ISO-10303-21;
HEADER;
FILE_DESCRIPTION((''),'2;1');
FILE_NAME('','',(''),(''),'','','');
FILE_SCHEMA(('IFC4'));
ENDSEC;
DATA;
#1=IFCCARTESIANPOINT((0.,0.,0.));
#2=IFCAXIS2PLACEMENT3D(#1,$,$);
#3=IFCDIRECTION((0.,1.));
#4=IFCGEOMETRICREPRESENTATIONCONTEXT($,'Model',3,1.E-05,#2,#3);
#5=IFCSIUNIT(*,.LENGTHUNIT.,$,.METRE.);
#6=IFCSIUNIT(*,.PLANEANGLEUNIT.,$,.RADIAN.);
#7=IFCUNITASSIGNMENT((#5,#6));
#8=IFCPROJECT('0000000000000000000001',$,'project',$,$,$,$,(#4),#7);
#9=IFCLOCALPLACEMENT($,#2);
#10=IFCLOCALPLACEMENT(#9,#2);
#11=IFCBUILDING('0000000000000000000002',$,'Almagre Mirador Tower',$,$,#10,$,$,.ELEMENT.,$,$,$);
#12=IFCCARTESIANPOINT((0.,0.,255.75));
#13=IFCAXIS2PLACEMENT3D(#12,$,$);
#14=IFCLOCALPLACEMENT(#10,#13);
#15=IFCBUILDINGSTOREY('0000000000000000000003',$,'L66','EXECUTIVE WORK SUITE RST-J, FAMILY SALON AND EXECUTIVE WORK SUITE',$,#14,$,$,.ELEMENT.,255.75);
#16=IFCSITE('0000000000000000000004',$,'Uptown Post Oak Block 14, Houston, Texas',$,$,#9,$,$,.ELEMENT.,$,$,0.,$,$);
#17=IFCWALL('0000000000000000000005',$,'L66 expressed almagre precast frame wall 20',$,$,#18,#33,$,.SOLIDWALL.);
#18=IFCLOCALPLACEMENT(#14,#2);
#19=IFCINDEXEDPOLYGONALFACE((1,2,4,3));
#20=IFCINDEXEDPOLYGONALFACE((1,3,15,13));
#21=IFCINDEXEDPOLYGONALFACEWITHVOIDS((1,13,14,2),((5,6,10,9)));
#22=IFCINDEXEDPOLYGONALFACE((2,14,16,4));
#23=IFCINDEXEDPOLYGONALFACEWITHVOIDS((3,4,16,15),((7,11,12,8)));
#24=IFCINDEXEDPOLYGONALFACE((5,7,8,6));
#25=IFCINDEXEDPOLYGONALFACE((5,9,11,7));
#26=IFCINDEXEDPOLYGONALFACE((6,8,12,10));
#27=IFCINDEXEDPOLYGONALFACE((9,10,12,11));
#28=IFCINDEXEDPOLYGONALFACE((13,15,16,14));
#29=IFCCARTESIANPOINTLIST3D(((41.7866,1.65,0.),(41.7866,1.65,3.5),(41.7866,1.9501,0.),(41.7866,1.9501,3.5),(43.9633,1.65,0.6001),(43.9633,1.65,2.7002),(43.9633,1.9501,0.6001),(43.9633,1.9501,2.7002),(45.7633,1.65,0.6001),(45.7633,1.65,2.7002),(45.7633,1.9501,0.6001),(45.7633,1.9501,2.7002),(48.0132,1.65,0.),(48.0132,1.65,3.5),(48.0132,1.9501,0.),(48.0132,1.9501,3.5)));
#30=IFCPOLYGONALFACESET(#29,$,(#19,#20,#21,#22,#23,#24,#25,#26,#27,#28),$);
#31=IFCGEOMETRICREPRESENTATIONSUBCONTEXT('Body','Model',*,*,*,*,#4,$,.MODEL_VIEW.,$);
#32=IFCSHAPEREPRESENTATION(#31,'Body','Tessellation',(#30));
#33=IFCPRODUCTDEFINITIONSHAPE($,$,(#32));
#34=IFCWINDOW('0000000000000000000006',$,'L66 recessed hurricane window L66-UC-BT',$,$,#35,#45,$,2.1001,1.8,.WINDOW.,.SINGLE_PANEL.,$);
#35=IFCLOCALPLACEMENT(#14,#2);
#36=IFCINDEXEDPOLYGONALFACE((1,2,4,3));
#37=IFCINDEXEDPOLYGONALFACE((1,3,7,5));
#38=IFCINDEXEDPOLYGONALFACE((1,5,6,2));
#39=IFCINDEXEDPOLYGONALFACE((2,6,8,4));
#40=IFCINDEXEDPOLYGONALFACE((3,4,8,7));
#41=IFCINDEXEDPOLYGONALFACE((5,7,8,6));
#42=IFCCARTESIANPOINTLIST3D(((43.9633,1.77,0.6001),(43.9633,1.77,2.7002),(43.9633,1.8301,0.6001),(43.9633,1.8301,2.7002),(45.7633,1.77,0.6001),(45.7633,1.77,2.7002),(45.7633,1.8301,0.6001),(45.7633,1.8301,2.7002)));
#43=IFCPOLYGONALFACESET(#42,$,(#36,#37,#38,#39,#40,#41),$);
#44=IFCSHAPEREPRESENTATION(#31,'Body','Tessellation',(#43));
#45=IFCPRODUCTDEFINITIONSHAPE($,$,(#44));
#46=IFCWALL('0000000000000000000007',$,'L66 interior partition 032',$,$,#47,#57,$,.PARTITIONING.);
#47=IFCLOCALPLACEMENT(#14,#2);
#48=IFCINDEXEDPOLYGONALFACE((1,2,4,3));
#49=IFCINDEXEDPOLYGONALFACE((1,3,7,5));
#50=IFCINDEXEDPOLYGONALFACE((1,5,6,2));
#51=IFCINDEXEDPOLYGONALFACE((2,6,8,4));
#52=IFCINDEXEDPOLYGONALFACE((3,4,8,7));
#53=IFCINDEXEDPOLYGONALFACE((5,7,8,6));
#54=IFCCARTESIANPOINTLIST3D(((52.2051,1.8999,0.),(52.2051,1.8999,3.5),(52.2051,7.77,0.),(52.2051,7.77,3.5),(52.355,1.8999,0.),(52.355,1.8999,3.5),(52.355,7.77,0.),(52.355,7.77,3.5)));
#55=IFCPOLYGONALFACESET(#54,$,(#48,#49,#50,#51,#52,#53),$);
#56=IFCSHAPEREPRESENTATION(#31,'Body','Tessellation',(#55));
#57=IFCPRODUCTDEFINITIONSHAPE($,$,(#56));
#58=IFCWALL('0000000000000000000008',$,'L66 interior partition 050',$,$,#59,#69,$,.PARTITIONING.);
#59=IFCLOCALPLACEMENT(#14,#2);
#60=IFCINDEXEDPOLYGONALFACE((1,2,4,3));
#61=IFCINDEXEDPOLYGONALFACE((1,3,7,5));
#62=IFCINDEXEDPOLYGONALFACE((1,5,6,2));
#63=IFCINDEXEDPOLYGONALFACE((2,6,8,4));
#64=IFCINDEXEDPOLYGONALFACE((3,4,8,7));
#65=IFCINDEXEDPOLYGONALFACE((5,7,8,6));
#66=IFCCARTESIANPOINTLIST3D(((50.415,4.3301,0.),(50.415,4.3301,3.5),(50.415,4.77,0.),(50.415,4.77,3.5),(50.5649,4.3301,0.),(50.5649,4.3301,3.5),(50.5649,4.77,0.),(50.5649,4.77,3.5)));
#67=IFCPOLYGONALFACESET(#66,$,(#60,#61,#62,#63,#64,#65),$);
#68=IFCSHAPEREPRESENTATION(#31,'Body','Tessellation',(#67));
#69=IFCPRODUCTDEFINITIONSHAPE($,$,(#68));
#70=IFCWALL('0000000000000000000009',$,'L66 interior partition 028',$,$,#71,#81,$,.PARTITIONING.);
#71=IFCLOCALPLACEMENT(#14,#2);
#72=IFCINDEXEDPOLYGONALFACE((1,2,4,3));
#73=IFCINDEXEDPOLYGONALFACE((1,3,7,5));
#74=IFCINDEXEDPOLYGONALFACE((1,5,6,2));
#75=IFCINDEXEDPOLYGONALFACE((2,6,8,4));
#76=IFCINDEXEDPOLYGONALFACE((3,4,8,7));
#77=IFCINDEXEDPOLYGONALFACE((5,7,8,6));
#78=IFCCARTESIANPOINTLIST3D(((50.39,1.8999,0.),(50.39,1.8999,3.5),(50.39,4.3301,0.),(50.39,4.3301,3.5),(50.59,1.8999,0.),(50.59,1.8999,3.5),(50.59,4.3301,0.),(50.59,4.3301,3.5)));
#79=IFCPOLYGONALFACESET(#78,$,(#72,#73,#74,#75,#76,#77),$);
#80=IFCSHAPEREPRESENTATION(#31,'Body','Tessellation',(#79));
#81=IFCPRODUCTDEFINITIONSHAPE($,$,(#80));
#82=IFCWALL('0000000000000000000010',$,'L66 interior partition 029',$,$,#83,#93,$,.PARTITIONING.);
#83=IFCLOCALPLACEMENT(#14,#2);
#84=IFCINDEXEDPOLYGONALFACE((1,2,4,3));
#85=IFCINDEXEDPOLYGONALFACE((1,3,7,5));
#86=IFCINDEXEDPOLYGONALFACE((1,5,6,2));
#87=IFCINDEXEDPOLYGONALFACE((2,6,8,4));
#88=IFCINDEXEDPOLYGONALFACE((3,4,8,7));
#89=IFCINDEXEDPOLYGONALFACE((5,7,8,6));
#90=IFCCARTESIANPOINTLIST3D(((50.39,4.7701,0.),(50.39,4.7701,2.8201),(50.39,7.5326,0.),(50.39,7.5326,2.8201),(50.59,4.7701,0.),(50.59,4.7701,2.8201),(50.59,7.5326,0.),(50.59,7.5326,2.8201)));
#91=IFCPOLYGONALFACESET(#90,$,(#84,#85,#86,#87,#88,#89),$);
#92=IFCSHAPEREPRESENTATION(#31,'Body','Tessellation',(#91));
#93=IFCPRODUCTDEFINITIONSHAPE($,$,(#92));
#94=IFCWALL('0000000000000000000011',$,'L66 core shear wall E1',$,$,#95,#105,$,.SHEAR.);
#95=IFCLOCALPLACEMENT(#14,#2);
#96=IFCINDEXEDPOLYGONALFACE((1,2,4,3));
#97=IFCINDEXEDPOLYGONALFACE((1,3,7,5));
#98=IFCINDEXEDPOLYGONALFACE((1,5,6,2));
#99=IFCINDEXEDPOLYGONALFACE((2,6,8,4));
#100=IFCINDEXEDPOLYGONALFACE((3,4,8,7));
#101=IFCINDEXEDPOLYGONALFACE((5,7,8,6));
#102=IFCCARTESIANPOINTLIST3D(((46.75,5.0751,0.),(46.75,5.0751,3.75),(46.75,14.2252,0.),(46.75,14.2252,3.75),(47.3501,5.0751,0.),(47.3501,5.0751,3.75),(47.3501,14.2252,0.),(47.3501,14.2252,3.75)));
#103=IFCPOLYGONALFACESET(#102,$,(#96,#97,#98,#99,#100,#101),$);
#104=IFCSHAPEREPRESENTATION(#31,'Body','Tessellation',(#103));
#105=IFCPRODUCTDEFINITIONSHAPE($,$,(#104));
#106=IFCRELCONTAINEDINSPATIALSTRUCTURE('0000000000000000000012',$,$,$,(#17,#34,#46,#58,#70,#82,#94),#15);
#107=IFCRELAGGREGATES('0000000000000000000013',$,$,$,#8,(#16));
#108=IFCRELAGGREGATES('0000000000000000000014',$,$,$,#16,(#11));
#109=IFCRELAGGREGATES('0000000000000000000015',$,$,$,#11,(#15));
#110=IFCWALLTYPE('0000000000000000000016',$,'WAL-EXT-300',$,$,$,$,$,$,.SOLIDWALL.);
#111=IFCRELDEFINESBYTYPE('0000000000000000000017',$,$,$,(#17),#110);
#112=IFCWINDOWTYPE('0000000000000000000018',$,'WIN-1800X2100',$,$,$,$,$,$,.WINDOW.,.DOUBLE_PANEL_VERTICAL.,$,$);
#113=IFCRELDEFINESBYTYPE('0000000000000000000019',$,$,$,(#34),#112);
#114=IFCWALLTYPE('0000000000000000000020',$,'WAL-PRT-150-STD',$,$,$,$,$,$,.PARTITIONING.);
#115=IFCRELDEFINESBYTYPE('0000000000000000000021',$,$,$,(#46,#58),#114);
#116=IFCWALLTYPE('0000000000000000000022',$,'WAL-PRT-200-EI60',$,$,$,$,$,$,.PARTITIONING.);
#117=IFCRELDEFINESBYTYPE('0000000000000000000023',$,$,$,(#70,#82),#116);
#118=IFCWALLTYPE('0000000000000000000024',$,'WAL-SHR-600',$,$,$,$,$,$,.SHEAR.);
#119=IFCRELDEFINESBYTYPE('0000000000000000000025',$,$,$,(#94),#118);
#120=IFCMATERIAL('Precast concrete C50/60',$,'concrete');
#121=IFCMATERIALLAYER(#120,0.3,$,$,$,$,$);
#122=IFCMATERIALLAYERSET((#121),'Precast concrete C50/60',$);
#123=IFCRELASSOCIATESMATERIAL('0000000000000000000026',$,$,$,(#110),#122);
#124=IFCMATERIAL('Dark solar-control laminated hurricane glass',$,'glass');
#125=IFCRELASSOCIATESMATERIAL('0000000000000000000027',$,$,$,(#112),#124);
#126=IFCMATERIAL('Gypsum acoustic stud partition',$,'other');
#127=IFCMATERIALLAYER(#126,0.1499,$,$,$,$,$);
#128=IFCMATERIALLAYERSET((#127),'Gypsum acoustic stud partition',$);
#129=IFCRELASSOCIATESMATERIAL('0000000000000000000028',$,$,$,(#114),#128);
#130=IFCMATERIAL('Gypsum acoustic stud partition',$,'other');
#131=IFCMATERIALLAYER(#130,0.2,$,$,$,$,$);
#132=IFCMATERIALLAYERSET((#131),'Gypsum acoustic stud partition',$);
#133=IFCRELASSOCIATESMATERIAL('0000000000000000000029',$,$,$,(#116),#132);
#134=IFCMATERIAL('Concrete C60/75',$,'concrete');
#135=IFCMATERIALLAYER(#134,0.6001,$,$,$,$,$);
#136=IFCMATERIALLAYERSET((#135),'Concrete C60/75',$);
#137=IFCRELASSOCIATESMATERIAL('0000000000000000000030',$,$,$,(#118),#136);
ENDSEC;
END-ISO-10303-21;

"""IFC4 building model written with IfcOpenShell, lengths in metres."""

from ifc_helpers import new_model, si_unit, direction, frame, frame_2d, origin, place, context, subcontext, project, spatial, rectangle, extrude, material, layer, layer_set, type_object, element, fill, save


model = new_model("IFC4")

# Units and contexts
model_context = context("Model", 3, precision=1e-05, world=origin(), true_north=direction((0.0, 1.0)))
body_context = subcontext(model_context, "Body", "Model", "MODEL_VIEW")
ifc_project = project(units=[si_unit("LENGTHUNIT", "METRE"), si_unit("PLANEANGLEUNIT", "RADIAN")], contexts=[model_context])

# Site, building, storey
site_placement = place(None, origin())
site = spatial("IfcSite", under=ifc_project, at=site_placement, Name="Uptown Post Oak Block 14, Houston, Texas", CompositionType="ELEMENT", RefElevation=0.0)
building_placement = place(site_placement, origin())
building = spatial("IfcBuilding", under=site, at=building_placement, Name="Almagre Mirador Tower", CompositionType="ELEMENT")
storey_placement = place(building_placement, frame((0.0, 0.0, 255.75)))
storey = spatial("IfcBuildingStorey", under=building, at=storey_placement, Name="L66", Description="EXECUTIVE WORK SUITE RST-J, FAMILY SALON AND EXECUTIVE WORK SUITE", CompositionType="ELEMENT", Elevation=255.75)

# Shared definitions
ifc_material_1 = material(Name="Precast concrete C50/60", Category="concrete")
ifc_layer_1 = layer(ifc_material_1, 0.3)
ifc_layer_set_1 = layer_set([ifc_layer_1], Name="Precast concrete C50/60")
wall_type_1 = type_object("IfcWallType", Name="WAL-EXT-300", PredefinedType="SOLIDWALL", material=ifc_layer_set_1)

# Wall, opening, window
wall_1_placement = place(storey_placement, frame((48.0132, 1.8, 0.0), z_axis=(0.0, 0.0, 1.0), x_axis=(-1.0, 0.0, 0.0)))
wall_1 = element("IfcWall", 1, at=wall_1_placement, inside=storey, type_object=wall_type_1, Name="L66 expressed almagre precast frame wall 20", PredefinedType="SOLIDWALL", context=body_context, shape_type="SweptSolid", body=[
    extrude(rectangle(XDim=6.2266, YDim=0.3, at=frame_2d((3.1133, 0.0))), origin(), (0.0, 0.0, 1.0), 3.5),
])
opening_1_placement = place(wall_1_placement, frame((2.25, 0.0, 0.6001)))
opening_1 = element("IfcOpeningElement", 2, at=opening_1_placement, cuts=wall_1, PredefinedType="OPENING", context=body_context, shape_type="SweptSolid", body=[
    extrude(rectangle(XDim=1.8, YDim=2.1001, at=frame_2d((0.8999, 1.05))), frame((0.0, 0.1599, 0.0), z_axis=(0.0, -1.0, 0.0), x_axis=(1.0, 0.0, 0.0)), (0.0, 0.0, 1.0), 0.32),
])
ifc_material_2 = material(Name="Dark solar-control laminated hurricane glass", Category="glass")
window_type_1 = type_object("IfcWindowType", Name="WIN-1800X2100", PartitioningType="DOUBLE_PANEL_VERTICAL", PredefinedType="WINDOW", material=ifc_material_2)
window_1_placement = place(opening_1_placement, origin())
window_1 = element("IfcWindow", 3, at=window_1_placement, inside=storey, type_object=window_type_1, Name="L66 recessed hurricane window L66-UC-BT", OverallHeight=2.1001, OverallWidth=1.8, PartitioningType="SINGLE_PANEL", PredefinedType="WINDOW", context=body_context, shape_type="SweptSolid", body=[
    extrude(rectangle(XDim=1.8, YDim=2.1001, at=frame_2d((0.8999, 1.05))), frame((0.0, 0.03, 0.0), z_axis=(0.0, -1.0, 0.0), x_axis=(1.0, 0.0, 0.0)), (0.0, 0.0, 1.0), 0.0601),
])
fill(opening_1, window_1)

# Walls
ifc_material_3 = material(Name="Gypsum acoustic stud partition", Category="other")
ifc_layer_2 = layer(ifc_material_3, 0.1499)
ifc_layer_set_2 = layer_set([ifc_layer_2], Name="Gypsum acoustic stud partition")
wall_type_2 = type_object("IfcWallType", Name="WAL-PRT-150-STD", PredefinedType="PARTITIONING", material=ifc_layer_set_2)
wall_2_placement = place(storey_placement, frame((52.28, 1.8999, 0.0), z_axis=(0.0, 0.0, 1.0), x_axis=(0.0, 1.0, 0.0)))
element("IfcWall", 4, at=wall_2_placement, inside=storey, type_object=wall_type_2, Name="L66 interior partition 032", PredefinedType="PARTITIONING", context=body_context, shape_type="SweptSolid", body=[
    extrude(rectangle(XDim=5.8701, YDim=0.1499, at=frame_2d((2.9351, 0.0))), origin(), (0.0, 0.0, 1.0), 3.5),
])
wall_3_placement = place(storey_placement, frame((50.49, 4.77, 0.0), z_axis=(0.0, 0.0, 1.0), x_axis=(0.0, -1.0, 0.0)))
element("IfcWall", 5, at=wall_3_placement, inside=storey, type_object=wall_type_2, Name="L66 interior partition 050", PredefinedType="PARTITIONING", context=body_context, shape_type="SweptSolid", body=[
    extrude(rectangle(XDim=0.4399, YDim=0.1499, at=frame_2d((0.22, 0.0))), origin(), (0.0, 0.0, 1.0), 3.5),
])
ifc_material_4 = material(Name="Gypsum acoustic stud partition", Category="other")
ifc_layer_3 = layer(ifc_material_4, 0.2)
ifc_layer_set_3 = layer_set([ifc_layer_3], Name="Gypsum acoustic stud partition")
wall_type_3 = type_object("IfcWallType", Name="WAL-PRT-200-EI60", PredefinedType="PARTITIONING", material=ifc_layer_set_3)
wall_4_placement = place(storey_placement, frame((50.49, 1.8999, 0.0), z_axis=(0.0, 0.0, 1.0), x_axis=(0.0, 1.0, 0.0)))
element("IfcWall", 6, at=wall_4_placement, inside=storey, type_object=wall_type_3, Name="L66 interior partition 028", PredefinedType="PARTITIONING", context=body_context, shape_type="SweptSolid", body=[
    extrude(rectangle(XDim=2.4302, YDim=0.2, at=frame_2d((1.2151, 0.0))), origin(), (0.0, 0.0, 1.0), 3.5),
])
wall_5_placement = place(storey_placement, frame((50.49, 4.77, 0.0), z_axis=(0.0, 0.0, 1.0), x_axis=(0.0, 1.0, 0.0)))
element("IfcWall", 7, at=wall_5_placement, inside=storey, type_object=wall_type_3, Name="L66 interior partition 029", PredefinedType="PARTITIONING", context=body_context, shape_type="SweptSolid", body=[
    extrude(rectangle(XDim=2.7625, YDim=0.2, at=frame_2d((1.3813, 0.0))), origin(), (0.0, 0.0, 1.0), 2.8201),
])
ifc_material_5 = material(Name="Concrete C60/75", Category="concrete")
ifc_layer_4 = layer(ifc_material_5, 0.6001)
ifc_layer_set_4 = layer_set([ifc_layer_4], Name="Concrete C60/75")
wall_type_4 = type_object("IfcWallType", Name="WAL-SHR-600", PredefinedType="SHEAR", material=ifc_layer_set_4)
wall_6_placement = place(storey_placement, frame((47.05, 5.075, 0.0), z_axis=(0.0, 0.0, 1.0), x_axis=(0.0, 1.0, 0.0)))
element("IfcWall", 8, at=wall_6_placement, inside=storey, type_object=wall_type_4, Name="L66 core shear wall E1", PredefinedType="SHEAR", context=body_context, shape_type="SweptSolid", body=[
    extrude(rectangle(XDim=9.1501, YDim=0.6001, at=frame_2d((4.5752, 0.0))), origin(), (0.0, 0.0, 1.0), 3.75),
])

save(model, "model.ifc")
